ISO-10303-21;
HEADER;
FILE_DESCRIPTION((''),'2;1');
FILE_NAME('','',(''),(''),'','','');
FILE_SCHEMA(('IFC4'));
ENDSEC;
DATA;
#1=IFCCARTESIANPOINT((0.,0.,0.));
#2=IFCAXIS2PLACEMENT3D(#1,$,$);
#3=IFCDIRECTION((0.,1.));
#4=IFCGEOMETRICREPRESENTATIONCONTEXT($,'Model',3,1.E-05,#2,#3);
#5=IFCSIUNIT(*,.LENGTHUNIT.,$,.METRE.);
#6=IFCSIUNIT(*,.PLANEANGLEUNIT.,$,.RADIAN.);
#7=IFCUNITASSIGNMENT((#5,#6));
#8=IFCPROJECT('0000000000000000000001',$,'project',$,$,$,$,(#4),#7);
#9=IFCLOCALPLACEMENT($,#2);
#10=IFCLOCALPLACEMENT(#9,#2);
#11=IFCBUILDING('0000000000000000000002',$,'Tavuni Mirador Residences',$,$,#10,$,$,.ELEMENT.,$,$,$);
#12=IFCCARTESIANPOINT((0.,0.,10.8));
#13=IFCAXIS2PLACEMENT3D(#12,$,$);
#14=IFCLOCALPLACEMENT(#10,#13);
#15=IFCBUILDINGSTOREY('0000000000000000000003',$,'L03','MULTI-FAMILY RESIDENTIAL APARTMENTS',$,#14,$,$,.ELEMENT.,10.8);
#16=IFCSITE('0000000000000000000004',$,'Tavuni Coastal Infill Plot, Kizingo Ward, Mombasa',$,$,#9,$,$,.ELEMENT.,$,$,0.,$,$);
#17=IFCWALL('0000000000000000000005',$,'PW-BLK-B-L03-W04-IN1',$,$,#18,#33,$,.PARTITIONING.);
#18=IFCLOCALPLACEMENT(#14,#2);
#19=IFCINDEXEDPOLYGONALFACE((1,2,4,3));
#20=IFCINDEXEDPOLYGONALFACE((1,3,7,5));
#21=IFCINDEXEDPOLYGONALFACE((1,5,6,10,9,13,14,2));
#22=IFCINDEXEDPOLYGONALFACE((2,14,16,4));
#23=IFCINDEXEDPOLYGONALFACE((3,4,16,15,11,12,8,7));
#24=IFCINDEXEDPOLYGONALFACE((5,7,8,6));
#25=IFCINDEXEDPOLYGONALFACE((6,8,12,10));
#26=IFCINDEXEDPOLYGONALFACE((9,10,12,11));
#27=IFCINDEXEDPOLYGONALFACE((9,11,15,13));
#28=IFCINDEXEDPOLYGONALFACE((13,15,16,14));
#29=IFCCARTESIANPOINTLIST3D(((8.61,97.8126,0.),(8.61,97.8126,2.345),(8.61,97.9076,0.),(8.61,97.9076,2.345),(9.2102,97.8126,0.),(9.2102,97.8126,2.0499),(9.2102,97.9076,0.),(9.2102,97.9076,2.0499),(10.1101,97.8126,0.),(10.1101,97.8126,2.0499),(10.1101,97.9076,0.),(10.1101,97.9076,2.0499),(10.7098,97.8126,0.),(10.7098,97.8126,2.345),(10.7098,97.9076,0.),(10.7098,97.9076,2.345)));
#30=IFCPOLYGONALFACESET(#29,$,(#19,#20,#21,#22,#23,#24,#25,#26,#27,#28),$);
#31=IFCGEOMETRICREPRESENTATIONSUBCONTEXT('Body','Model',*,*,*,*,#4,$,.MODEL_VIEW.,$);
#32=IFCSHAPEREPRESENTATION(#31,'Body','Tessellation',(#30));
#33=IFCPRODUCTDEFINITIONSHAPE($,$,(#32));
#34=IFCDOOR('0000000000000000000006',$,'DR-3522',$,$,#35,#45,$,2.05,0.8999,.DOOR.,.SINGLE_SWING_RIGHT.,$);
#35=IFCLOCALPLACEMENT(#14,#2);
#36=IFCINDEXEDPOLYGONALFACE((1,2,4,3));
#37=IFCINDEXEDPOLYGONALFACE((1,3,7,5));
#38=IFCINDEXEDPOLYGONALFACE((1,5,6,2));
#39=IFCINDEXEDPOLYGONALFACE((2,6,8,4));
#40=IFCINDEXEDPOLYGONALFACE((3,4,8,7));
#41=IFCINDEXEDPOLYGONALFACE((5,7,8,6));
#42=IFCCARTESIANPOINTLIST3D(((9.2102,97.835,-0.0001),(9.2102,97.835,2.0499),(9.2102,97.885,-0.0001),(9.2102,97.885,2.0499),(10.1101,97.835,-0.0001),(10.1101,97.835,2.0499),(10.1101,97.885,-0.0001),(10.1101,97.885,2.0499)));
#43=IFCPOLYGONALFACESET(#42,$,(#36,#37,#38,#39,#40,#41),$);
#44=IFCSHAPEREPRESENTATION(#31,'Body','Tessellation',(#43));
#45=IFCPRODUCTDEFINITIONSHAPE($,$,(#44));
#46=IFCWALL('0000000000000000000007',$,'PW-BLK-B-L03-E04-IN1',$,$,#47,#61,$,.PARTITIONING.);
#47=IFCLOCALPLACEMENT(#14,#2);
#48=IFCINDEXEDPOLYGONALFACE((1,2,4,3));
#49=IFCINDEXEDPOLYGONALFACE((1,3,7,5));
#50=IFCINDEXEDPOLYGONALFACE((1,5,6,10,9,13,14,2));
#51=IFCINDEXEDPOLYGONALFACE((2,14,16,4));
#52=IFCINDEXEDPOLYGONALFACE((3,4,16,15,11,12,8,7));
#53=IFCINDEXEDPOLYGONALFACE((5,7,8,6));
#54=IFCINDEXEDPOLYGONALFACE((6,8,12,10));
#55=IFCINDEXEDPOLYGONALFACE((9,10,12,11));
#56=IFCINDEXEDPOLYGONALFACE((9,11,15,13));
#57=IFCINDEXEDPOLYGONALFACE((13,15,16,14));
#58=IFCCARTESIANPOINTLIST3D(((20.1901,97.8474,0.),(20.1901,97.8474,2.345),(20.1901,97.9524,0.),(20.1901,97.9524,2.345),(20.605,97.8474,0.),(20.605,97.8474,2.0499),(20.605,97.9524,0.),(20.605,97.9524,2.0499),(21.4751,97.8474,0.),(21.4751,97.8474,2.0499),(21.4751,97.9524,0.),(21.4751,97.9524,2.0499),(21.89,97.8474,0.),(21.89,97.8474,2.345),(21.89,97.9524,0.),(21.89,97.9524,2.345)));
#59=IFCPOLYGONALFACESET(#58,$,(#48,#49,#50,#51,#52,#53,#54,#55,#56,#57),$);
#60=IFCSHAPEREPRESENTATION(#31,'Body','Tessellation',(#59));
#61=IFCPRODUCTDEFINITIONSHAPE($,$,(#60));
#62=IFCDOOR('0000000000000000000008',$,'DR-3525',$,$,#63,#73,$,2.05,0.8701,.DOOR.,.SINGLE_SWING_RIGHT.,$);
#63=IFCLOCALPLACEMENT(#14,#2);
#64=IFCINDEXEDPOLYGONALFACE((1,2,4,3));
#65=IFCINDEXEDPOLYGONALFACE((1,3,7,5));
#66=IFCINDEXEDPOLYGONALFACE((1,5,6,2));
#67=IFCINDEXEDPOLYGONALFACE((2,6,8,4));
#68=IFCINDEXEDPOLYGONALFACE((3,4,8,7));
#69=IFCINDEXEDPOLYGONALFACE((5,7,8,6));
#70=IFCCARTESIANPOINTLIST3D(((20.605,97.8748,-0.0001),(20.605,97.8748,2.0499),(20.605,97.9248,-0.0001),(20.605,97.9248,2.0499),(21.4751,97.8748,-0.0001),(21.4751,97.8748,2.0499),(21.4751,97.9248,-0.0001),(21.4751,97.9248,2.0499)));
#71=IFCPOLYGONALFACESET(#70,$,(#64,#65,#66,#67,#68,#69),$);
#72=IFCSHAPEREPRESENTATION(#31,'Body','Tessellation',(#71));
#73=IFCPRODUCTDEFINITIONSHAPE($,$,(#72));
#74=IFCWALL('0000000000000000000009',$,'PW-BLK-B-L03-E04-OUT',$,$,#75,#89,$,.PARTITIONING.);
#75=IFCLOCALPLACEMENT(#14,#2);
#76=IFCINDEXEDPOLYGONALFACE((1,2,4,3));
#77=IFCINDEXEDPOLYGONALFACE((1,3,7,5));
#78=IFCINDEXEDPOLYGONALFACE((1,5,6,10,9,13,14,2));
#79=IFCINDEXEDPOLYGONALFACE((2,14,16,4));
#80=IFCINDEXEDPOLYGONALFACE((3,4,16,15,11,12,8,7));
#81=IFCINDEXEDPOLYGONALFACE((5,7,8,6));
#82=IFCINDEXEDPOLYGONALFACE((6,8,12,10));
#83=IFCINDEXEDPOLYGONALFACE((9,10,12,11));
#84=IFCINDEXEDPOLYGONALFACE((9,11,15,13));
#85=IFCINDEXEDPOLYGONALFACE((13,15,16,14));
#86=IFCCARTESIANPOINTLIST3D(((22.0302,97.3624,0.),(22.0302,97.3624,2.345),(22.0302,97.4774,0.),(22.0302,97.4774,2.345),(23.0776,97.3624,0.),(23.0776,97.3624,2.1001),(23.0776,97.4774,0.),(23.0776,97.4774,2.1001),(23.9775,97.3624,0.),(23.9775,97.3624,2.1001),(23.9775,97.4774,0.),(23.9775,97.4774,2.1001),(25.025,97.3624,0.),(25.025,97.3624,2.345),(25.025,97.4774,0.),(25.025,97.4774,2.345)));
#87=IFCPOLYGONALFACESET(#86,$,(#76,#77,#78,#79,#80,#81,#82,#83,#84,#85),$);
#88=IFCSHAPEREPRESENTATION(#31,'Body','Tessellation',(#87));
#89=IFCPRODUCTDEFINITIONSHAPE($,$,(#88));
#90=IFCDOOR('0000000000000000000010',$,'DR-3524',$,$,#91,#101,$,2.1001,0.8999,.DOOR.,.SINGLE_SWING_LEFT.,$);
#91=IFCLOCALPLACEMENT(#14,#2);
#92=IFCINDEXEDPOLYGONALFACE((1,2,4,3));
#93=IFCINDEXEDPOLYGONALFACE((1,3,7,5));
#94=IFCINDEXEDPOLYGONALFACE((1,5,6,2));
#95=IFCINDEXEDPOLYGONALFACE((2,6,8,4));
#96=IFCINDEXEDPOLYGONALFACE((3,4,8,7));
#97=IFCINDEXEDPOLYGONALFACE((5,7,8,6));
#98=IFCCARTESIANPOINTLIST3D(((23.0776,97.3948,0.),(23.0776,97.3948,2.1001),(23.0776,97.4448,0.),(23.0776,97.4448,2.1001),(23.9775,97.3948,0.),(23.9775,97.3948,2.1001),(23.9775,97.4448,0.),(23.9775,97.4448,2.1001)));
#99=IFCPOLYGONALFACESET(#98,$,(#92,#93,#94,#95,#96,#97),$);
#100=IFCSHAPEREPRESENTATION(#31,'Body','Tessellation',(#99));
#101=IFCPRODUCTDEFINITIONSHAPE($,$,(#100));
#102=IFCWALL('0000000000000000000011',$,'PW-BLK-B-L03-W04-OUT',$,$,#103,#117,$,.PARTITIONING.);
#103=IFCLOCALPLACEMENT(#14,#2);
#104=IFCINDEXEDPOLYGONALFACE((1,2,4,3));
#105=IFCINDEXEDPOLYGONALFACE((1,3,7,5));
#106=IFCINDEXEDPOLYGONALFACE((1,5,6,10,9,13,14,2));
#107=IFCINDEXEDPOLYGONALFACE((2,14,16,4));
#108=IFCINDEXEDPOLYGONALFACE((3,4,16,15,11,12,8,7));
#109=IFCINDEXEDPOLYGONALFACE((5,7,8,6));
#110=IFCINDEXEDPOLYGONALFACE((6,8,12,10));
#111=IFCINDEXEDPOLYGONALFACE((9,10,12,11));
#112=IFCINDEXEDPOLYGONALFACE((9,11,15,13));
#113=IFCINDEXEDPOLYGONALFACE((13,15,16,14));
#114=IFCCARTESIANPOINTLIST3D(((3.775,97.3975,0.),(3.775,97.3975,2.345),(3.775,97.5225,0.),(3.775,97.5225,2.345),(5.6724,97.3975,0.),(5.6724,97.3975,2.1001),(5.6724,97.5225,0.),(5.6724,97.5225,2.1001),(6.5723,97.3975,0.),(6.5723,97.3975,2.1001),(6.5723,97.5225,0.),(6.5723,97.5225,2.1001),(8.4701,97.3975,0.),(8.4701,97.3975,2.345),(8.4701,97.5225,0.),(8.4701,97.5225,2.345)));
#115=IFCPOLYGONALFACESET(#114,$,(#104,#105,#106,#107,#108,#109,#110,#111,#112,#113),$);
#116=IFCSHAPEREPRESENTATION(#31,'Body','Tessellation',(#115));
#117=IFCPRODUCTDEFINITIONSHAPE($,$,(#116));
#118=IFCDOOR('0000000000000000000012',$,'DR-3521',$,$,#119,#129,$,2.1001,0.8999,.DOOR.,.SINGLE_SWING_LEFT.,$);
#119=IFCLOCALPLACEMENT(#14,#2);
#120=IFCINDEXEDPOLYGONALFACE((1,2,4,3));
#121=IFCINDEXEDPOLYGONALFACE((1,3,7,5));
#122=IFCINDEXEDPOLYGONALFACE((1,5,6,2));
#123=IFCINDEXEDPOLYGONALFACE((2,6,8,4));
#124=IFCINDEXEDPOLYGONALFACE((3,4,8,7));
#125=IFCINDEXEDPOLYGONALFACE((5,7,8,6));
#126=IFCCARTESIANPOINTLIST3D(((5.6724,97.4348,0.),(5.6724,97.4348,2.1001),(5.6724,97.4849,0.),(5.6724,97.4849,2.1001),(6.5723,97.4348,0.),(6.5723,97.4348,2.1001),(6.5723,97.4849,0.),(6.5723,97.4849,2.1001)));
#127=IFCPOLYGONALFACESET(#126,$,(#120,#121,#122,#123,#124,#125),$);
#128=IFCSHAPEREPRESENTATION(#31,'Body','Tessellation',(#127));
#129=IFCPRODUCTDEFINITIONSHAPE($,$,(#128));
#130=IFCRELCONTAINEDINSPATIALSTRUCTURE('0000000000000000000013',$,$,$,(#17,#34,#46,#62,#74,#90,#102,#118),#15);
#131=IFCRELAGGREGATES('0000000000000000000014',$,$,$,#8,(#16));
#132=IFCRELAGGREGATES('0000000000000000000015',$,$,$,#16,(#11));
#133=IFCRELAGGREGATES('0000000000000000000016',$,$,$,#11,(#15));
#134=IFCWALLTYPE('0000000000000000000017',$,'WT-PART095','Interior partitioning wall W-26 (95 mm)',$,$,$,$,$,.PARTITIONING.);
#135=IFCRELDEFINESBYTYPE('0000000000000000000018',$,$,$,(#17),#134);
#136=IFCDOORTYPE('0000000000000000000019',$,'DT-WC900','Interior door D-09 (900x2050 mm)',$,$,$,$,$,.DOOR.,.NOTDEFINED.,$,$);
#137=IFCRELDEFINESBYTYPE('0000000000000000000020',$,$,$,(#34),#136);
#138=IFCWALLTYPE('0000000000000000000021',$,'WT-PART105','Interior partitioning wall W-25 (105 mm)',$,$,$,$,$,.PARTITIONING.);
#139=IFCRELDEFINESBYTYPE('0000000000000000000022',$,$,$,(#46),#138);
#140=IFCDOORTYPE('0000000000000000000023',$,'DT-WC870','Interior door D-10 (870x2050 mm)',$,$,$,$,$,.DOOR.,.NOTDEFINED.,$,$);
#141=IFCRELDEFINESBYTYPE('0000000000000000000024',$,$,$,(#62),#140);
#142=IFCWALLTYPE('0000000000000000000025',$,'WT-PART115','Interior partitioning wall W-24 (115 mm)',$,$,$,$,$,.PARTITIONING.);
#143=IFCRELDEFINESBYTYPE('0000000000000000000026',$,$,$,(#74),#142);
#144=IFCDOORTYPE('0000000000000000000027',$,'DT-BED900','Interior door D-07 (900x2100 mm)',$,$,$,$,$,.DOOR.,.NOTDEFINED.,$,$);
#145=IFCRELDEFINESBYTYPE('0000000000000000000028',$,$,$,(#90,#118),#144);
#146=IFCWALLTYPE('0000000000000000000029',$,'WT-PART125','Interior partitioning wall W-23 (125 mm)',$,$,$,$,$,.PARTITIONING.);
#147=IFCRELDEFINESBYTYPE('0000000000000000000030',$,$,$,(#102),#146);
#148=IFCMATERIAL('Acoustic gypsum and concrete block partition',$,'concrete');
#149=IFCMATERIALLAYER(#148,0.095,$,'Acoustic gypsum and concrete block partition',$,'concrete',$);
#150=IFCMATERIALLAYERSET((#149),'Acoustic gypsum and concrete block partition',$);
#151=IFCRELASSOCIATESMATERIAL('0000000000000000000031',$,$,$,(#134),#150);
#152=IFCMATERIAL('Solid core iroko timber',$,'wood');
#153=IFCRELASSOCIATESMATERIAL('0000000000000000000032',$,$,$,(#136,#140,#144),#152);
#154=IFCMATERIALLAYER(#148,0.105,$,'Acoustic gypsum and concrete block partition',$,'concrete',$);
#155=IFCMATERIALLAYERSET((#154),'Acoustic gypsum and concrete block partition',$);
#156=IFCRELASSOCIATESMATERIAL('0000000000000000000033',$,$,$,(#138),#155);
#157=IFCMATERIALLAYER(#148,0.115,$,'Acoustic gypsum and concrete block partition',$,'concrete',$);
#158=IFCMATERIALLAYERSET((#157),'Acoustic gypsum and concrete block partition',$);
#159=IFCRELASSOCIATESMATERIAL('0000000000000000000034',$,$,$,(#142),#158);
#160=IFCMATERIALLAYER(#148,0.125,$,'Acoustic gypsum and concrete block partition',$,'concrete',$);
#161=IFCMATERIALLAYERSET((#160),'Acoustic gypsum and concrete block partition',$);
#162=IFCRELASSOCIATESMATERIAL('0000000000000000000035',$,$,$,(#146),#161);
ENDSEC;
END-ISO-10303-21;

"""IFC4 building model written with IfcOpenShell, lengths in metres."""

from ifc_helpers import new_model, si_unit, direction, frame, frame_2d, origin, place, context, subcontext, project, spatial, rectangle, extrude, material, layer, layer_set, type_object, element, fill, save


model = new_model("IFC4")

# Units and contexts
model_context = context("Model", 3, precision=1e-05, world=origin(), true_north=direction((0.0, 1.0)))
body_context = subcontext(model_context, "Body", "Model", "MODEL_VIEW")
ifc_project = project(units=[si_unit("LENGTHUNIT", "METRE"), si_unit("PLANEANGLEUNIT", "RADIAN")], contexts=[model_context])

# Site, building, storey
site_placement = place(None, origin())
site = spatial("IfcSite", under=ifc_project, at=site_placement, Name="Tavuni Coastal Infill Plot, Kizingo Ward, Mombasa", CompositionType="ELEMENT", RefElevation=0.0)
building_placement = place(site_placement, origin())
building = spatial("IfcBuilding", under=site, at=building_placement, Name="Tavuni Mirador Residences", CompositionType="ELEMENT")
storey_placement = place(building_placement, frame((0.0, 0.0, 10.8)))
storey = spatial("IfcBuildingStorey", under=building, at=storey_placement, Name="L03", Description="MULTI-FAMILY RESIDENTIAL APARTMENTS", CompositionType="ELEMENT", Elevation=10.8)

# Walls, openings, doors
ifc_material_1 = material(Name="Acoustic gypsum and concrete block partition", Category="concrete")
ifc_layer_1 = layer(ifc_material_1, 0.095, Name="Acoustic gypsum and concrete block partition", Category="concrete")
ifc_layer_set_1 = layer_set([ifc_layer_1], Name="Acoustic gypsum and concrete block partition")
wall_type_1 = type_object("IfcWallType", Name="WT-PART095", Description="Interior partitioning wall W-26 (95 mm)", PredefinedType="PARTITIONING", material=ifc_layer_set_1)
wall_1_placement = place(storey_placement, frame((8.6101, 97.8601, 0.0), z_axis=(0.0, 0.0, 1.0), x_axis=(1.0, 0.0, 0.0)))
wall_1 = element("IfcWall", 1, at=wall_1_placement, inside=storey, type_object=wall_type_1, Name="PW-BLK-B-L03-W04-IN1", PredefinedType="PARTITIONING", context=body_context, shape_type="SweptSolid", body=[
    extrude(rectangle(XDim=2.0999, YDim=0.095, at=frame_2d((1.0498, 0.0))), origin(), (0.0, 0.0, 1.0), 2.345),
])
opening_1_placement = place(wall_1_placement, frame((0.6001, 0.0, 0.0)))
opening_1 = element("IfcOpeningElement", 2, at=opening_1_placement, cuts=wall_1, PredefinedType="OPENING", context=body_context, shape_type="SweptSolid", body=[
    extrude(rectangle(XDim=0.8999, YDim=2.05, at=frame_2d((0.45, 1.0249))), frame((0.0, 0.0576, 0.0), z_axis=(0.0, -1.0, 0.0), x_axis=(1.0, 0.0, 0.0)), (0.0, 0.0, 1.0), 0.115),
])
ifc_material_2 = material(Name="Solid core iroko timber", Category="wood")
door_type_1 = type_object("IfcDoorType", Name="DT-WC900", Description="Interior door D-09 (900x2050 mm)", OperationType="NOTDEFINED", PredefinedType="DOOR", material=ifc_material_2)
door_1_placement = place(opening_1_placement, origin())
door_1 = element("IfcDoor", 3, at=door_1_placement, inside=storey, type_object=door_type_1, Name="DR-3522", OperationType="SINGLE_SWING_RIGHT", OverallHeight=2.05, OverallWidth=0.8999, PredefinedType="DOOR", context=body_context, shape_type="SweptSolid", body=[
    extrude(rectangle(XDim=0.8999, YDim=2.05, at=frame_2d((0.45, 1.0249))), frame((0.0, 0.0249, 0.0), z_axis=(0.0, -1.0, 0.0), x_axis=(1.0, 0.0, 0.0)), (0.0, 0.0, 1.0), 0.05),
])
fill(opening_1, door_1)
ifc_layer_2 = layer(ifc_material_1, 0.105, Name="Acoustic gypsum and concrete block partition", Category="concrete")
ifc_layer_set_2 = layer_set([ifc_layer_2], Name="Acoustic gypsum and concrete block partition")
wall_type_2 = type_object("IfcWallType", Name="WT-PART105", Description="Interior partitioning wall W-25 (105 mm)", PredefinedType="PARTITIONING", material=ifc_layer_set_2)
wall_2_placement = place(storey_placement, frame((20.1899, 97.8999, 0.0), z_axis=(0.0, 0.0, 1.0), x_axis=(1.0, 0.0, 0.0)))
wall_2 = element("IfcWall", 4, at=wall_2_placement, inside=storey, type_object=wall_type_2, Name="PW-BLK-B-L03-E04-IN1", PredefinedType="PARTITIONING", context=body_context, shape_type="SweptSolid", body=[
    extrude(rectangle(XDim=1.7, YDim=0.105, at=frame_2d((0.8501, 0.0))), origin(), (0.0, 0.0, 1.0), 2.345),
])
opening_2_placement = place(wall_2_placement, frame((0.415, 0.0, 0.0)))
opening_2 = element("IfcOpeningElement", 5, at=opening_2_placement, cuts=wall_2, PredefinedType="OPENING", context=body_context, shape_type="SweptSolid", body=[
    extrude(rectangle(XDim=0.8701, YDim=2.05, at=frame_2d((0.4351, 1.0249))), frame((0.0, 0.0625, 0.0), z_axis=(0.0, -1.0, 0.0), x_axis=(1.0, 0.0, 0.0)), (0.0, 0.0, 1.0), 0.125),
])
door_type_2 = type_object("IfcDoorType", Name="DT-WC870", Description="Interior door D-10 (870x2050 mm)", OperationType="NOTDEFINED", PredefinedType="DOOR", material=ifc_material_2)
door_2_placement = place(opening_2_placement, origin())
door_2 = element("IfcDoor", 6, at=door_2_placement, inside=storey, type_object=door_type_2, Name="DR-3525", OperationType="SINGLE_SWING_RIGHT", OverallHeight=2.05, OverallWidth=0.8701, PredefinedType="DOOR", context=body_context, shape_type="SweptSolid", body=[
    extrude(rectangle(XDim=0.8701, YDim=2.05, at=frame_2d((0.4351, 1.0249))), frame((0.0, 0.0249, 0.0), z_axis=(0.0, -1.0, 0.0), x_axis=(1.0, 0.0, 0.0)), (0.0, 0.0, 1.0), 0.05),
])
fill(opening_2, door_2)
ifc_layer_3 = layer(ifc_material_1, 0.115, Name="Acoustic gypsum and concrete block partition", Category="concrete")
ifc_layer_set_3 = layer_set([ifc_layer_3], Name="Acoustic gypsum and concrete block partition")
wall_type_3 = type_object("IfcWallType", Name="WT-PART115", Description="Interior partitioning wall W-24 (115 mm)", PredefinedType="PARTITIONING", material=ifc_layer_set_3)
wall_3_placement = place(storey_placement, frame((22.03, 97.4199, 0.0), z_axis=(0.0, 0.0, 1.0), x_axis=(1.0, 0.0, 0.0)))
wall_3 = element("IfcWall", 7, at=wall_3_placement, inside=storey, type_object=wall_type_3, Name="PW-BLK-B-L03-E04-OUT", PredefinedType="PARTITIONING", context=body_context, shape_type="SweptSolid", body=[
    extrude(rectangle(XDim=2.9949, YDim=0.115, at=frame_2d((1.4976, 0.0))), origin(), (0.0, 0.0, 1.0), 2.345),
])
opening_3_placement = place(wall_3_placement, frame((1.0476, 0.0, 0.0)))
opening_3 = element("IfcOpeningElement", 8, at=opening_3_placement, cuts=wall_3, PredefinedType="OPENING", context=body_context, shape_type="SweptSolid", body=[
    extrude(rectangle(XDim=0.8999, YDim=2.1001, at=frame_2d((0.45, 1.05))), frame((0.0, 0.0674, 0.0), z_axis=(0.0, -1.0, 0.0), x_axis=(1.0, 0.0, 0.0)), (0.0, 0.0, 1.0), 0.135),
])
door_type_3 = type_object("IfcDoorType", Name="DT-BED900", Description="Interior door D-07 (900x2100 mm)", OperationType="NOTDEFINED", PredefinedType="DOOR", material=ifc_material_2)
door_3_placement = place(opening_3_placement, origin())
door_3 = element("IfcDoor", 9, at=door_3_placement, inside=storey, type_object=door_type_3, Name="DR-3524", OperationType="SINGLE_SWING_LEFT", OverallHeight=2.1001, OverallWidth=0.8999, PredefinedType="DOOR", context=body_context, shape_type="SweptSolid", body=[
    extrude(rectangle(XDim=0.8999, YDim=2.1001, at=frame_2d((0.45, 1.05))), frame((0.0, 0.0249, 0.0), z_axis=(0.0, -1.0, 0.0), x_axis=(1.0, 0.0, 0.0)), (0.0, 0.0, 1.0), 0.05),
])
fill(opening_3, door_3)
ifc_layer_4 = layer(ifc_material_1, 0.125, Name="Acoustic gypsum and concrete block partition", Category="concrete")
ifc_layer_set_4 = layer_set([ifc_layer_4], Name="Acoustic gypsum and concrete block partition")
wall_type_4 = type_object("IfcWallType", Name="WT-PART125", Description="Interior partitioning wall W-23 (125 mm)", PredefinedType="PARTITIONING", material=ifc_layer_set_4)
wall_4_placement = place(storey_placement, frame((3.7749, 97.46, 0.0), z_axis=(0.0, 0.0, 1.0), x_axis=(1.0, 0.0, 0.0)))
wall_4 = element("IfcWall", 10, at=wall_4_placement, inside=storey, type_object=wall_type_4, Name="PW-BLK-B-L03-W04-OUT", PredefinedType="PARTITIONING", context=body_context, shape_type="SweptSolid", body=[
    extrude(rectangle(XDim=4.6951, YDim=0.125, at=frame_2d((2.3477, 0.0))), origin(), (0.0, 0.0, 1.0), 2.345),
])
opening_4_placement = place(wall_4_placement, frame((1.8975, 0.0, 0.0)))
opening_4 = element("IfcOpeningElement", 11, at=opening_4_placement, cuts=wall_4, PredefinedType="OPENING", context=body_context, shape_type="SweptSolid", body=[
    extrude(rectangle(XDim=0.8999, YDim=2.1001, at=frame_2d((0.45, 1.05))), frame((0.0, 0.0725, 0.0), z_axis=(0.0, -1.0, 0.0), x_axis=(1.0, 0.0, 0.0)), (0.0, 0.0, 1.0), 0.145),
])
door_4_placement = place(opening_4_placement, origin())
door_4 = element("IfcDoor", 12, at=door_4_placement, inside=storey, type_object=door_type_3, Name="DR-3521", OperationType="SINGLE_SWING_LEFT", OverallHeight=2.1001, OverallWidth=0.8999, PredefinedType="DOOR", context=body_context, shape_type="SweptSolid", body=[
    extrude(rectangle(XDim=0.8999, YDim=2.1001, at=frame_2d((0.45, 1.05))), frame((0.0, 0.0249, 0.0), z_axis=(0.0, -1.0, 0.0), x_axis=(1.0, 0.0, 0.0)), (0.0, 0.0, 1.0), 0.05),
])
fill(opening_4, door_4)

save(model, "model.ifc")
